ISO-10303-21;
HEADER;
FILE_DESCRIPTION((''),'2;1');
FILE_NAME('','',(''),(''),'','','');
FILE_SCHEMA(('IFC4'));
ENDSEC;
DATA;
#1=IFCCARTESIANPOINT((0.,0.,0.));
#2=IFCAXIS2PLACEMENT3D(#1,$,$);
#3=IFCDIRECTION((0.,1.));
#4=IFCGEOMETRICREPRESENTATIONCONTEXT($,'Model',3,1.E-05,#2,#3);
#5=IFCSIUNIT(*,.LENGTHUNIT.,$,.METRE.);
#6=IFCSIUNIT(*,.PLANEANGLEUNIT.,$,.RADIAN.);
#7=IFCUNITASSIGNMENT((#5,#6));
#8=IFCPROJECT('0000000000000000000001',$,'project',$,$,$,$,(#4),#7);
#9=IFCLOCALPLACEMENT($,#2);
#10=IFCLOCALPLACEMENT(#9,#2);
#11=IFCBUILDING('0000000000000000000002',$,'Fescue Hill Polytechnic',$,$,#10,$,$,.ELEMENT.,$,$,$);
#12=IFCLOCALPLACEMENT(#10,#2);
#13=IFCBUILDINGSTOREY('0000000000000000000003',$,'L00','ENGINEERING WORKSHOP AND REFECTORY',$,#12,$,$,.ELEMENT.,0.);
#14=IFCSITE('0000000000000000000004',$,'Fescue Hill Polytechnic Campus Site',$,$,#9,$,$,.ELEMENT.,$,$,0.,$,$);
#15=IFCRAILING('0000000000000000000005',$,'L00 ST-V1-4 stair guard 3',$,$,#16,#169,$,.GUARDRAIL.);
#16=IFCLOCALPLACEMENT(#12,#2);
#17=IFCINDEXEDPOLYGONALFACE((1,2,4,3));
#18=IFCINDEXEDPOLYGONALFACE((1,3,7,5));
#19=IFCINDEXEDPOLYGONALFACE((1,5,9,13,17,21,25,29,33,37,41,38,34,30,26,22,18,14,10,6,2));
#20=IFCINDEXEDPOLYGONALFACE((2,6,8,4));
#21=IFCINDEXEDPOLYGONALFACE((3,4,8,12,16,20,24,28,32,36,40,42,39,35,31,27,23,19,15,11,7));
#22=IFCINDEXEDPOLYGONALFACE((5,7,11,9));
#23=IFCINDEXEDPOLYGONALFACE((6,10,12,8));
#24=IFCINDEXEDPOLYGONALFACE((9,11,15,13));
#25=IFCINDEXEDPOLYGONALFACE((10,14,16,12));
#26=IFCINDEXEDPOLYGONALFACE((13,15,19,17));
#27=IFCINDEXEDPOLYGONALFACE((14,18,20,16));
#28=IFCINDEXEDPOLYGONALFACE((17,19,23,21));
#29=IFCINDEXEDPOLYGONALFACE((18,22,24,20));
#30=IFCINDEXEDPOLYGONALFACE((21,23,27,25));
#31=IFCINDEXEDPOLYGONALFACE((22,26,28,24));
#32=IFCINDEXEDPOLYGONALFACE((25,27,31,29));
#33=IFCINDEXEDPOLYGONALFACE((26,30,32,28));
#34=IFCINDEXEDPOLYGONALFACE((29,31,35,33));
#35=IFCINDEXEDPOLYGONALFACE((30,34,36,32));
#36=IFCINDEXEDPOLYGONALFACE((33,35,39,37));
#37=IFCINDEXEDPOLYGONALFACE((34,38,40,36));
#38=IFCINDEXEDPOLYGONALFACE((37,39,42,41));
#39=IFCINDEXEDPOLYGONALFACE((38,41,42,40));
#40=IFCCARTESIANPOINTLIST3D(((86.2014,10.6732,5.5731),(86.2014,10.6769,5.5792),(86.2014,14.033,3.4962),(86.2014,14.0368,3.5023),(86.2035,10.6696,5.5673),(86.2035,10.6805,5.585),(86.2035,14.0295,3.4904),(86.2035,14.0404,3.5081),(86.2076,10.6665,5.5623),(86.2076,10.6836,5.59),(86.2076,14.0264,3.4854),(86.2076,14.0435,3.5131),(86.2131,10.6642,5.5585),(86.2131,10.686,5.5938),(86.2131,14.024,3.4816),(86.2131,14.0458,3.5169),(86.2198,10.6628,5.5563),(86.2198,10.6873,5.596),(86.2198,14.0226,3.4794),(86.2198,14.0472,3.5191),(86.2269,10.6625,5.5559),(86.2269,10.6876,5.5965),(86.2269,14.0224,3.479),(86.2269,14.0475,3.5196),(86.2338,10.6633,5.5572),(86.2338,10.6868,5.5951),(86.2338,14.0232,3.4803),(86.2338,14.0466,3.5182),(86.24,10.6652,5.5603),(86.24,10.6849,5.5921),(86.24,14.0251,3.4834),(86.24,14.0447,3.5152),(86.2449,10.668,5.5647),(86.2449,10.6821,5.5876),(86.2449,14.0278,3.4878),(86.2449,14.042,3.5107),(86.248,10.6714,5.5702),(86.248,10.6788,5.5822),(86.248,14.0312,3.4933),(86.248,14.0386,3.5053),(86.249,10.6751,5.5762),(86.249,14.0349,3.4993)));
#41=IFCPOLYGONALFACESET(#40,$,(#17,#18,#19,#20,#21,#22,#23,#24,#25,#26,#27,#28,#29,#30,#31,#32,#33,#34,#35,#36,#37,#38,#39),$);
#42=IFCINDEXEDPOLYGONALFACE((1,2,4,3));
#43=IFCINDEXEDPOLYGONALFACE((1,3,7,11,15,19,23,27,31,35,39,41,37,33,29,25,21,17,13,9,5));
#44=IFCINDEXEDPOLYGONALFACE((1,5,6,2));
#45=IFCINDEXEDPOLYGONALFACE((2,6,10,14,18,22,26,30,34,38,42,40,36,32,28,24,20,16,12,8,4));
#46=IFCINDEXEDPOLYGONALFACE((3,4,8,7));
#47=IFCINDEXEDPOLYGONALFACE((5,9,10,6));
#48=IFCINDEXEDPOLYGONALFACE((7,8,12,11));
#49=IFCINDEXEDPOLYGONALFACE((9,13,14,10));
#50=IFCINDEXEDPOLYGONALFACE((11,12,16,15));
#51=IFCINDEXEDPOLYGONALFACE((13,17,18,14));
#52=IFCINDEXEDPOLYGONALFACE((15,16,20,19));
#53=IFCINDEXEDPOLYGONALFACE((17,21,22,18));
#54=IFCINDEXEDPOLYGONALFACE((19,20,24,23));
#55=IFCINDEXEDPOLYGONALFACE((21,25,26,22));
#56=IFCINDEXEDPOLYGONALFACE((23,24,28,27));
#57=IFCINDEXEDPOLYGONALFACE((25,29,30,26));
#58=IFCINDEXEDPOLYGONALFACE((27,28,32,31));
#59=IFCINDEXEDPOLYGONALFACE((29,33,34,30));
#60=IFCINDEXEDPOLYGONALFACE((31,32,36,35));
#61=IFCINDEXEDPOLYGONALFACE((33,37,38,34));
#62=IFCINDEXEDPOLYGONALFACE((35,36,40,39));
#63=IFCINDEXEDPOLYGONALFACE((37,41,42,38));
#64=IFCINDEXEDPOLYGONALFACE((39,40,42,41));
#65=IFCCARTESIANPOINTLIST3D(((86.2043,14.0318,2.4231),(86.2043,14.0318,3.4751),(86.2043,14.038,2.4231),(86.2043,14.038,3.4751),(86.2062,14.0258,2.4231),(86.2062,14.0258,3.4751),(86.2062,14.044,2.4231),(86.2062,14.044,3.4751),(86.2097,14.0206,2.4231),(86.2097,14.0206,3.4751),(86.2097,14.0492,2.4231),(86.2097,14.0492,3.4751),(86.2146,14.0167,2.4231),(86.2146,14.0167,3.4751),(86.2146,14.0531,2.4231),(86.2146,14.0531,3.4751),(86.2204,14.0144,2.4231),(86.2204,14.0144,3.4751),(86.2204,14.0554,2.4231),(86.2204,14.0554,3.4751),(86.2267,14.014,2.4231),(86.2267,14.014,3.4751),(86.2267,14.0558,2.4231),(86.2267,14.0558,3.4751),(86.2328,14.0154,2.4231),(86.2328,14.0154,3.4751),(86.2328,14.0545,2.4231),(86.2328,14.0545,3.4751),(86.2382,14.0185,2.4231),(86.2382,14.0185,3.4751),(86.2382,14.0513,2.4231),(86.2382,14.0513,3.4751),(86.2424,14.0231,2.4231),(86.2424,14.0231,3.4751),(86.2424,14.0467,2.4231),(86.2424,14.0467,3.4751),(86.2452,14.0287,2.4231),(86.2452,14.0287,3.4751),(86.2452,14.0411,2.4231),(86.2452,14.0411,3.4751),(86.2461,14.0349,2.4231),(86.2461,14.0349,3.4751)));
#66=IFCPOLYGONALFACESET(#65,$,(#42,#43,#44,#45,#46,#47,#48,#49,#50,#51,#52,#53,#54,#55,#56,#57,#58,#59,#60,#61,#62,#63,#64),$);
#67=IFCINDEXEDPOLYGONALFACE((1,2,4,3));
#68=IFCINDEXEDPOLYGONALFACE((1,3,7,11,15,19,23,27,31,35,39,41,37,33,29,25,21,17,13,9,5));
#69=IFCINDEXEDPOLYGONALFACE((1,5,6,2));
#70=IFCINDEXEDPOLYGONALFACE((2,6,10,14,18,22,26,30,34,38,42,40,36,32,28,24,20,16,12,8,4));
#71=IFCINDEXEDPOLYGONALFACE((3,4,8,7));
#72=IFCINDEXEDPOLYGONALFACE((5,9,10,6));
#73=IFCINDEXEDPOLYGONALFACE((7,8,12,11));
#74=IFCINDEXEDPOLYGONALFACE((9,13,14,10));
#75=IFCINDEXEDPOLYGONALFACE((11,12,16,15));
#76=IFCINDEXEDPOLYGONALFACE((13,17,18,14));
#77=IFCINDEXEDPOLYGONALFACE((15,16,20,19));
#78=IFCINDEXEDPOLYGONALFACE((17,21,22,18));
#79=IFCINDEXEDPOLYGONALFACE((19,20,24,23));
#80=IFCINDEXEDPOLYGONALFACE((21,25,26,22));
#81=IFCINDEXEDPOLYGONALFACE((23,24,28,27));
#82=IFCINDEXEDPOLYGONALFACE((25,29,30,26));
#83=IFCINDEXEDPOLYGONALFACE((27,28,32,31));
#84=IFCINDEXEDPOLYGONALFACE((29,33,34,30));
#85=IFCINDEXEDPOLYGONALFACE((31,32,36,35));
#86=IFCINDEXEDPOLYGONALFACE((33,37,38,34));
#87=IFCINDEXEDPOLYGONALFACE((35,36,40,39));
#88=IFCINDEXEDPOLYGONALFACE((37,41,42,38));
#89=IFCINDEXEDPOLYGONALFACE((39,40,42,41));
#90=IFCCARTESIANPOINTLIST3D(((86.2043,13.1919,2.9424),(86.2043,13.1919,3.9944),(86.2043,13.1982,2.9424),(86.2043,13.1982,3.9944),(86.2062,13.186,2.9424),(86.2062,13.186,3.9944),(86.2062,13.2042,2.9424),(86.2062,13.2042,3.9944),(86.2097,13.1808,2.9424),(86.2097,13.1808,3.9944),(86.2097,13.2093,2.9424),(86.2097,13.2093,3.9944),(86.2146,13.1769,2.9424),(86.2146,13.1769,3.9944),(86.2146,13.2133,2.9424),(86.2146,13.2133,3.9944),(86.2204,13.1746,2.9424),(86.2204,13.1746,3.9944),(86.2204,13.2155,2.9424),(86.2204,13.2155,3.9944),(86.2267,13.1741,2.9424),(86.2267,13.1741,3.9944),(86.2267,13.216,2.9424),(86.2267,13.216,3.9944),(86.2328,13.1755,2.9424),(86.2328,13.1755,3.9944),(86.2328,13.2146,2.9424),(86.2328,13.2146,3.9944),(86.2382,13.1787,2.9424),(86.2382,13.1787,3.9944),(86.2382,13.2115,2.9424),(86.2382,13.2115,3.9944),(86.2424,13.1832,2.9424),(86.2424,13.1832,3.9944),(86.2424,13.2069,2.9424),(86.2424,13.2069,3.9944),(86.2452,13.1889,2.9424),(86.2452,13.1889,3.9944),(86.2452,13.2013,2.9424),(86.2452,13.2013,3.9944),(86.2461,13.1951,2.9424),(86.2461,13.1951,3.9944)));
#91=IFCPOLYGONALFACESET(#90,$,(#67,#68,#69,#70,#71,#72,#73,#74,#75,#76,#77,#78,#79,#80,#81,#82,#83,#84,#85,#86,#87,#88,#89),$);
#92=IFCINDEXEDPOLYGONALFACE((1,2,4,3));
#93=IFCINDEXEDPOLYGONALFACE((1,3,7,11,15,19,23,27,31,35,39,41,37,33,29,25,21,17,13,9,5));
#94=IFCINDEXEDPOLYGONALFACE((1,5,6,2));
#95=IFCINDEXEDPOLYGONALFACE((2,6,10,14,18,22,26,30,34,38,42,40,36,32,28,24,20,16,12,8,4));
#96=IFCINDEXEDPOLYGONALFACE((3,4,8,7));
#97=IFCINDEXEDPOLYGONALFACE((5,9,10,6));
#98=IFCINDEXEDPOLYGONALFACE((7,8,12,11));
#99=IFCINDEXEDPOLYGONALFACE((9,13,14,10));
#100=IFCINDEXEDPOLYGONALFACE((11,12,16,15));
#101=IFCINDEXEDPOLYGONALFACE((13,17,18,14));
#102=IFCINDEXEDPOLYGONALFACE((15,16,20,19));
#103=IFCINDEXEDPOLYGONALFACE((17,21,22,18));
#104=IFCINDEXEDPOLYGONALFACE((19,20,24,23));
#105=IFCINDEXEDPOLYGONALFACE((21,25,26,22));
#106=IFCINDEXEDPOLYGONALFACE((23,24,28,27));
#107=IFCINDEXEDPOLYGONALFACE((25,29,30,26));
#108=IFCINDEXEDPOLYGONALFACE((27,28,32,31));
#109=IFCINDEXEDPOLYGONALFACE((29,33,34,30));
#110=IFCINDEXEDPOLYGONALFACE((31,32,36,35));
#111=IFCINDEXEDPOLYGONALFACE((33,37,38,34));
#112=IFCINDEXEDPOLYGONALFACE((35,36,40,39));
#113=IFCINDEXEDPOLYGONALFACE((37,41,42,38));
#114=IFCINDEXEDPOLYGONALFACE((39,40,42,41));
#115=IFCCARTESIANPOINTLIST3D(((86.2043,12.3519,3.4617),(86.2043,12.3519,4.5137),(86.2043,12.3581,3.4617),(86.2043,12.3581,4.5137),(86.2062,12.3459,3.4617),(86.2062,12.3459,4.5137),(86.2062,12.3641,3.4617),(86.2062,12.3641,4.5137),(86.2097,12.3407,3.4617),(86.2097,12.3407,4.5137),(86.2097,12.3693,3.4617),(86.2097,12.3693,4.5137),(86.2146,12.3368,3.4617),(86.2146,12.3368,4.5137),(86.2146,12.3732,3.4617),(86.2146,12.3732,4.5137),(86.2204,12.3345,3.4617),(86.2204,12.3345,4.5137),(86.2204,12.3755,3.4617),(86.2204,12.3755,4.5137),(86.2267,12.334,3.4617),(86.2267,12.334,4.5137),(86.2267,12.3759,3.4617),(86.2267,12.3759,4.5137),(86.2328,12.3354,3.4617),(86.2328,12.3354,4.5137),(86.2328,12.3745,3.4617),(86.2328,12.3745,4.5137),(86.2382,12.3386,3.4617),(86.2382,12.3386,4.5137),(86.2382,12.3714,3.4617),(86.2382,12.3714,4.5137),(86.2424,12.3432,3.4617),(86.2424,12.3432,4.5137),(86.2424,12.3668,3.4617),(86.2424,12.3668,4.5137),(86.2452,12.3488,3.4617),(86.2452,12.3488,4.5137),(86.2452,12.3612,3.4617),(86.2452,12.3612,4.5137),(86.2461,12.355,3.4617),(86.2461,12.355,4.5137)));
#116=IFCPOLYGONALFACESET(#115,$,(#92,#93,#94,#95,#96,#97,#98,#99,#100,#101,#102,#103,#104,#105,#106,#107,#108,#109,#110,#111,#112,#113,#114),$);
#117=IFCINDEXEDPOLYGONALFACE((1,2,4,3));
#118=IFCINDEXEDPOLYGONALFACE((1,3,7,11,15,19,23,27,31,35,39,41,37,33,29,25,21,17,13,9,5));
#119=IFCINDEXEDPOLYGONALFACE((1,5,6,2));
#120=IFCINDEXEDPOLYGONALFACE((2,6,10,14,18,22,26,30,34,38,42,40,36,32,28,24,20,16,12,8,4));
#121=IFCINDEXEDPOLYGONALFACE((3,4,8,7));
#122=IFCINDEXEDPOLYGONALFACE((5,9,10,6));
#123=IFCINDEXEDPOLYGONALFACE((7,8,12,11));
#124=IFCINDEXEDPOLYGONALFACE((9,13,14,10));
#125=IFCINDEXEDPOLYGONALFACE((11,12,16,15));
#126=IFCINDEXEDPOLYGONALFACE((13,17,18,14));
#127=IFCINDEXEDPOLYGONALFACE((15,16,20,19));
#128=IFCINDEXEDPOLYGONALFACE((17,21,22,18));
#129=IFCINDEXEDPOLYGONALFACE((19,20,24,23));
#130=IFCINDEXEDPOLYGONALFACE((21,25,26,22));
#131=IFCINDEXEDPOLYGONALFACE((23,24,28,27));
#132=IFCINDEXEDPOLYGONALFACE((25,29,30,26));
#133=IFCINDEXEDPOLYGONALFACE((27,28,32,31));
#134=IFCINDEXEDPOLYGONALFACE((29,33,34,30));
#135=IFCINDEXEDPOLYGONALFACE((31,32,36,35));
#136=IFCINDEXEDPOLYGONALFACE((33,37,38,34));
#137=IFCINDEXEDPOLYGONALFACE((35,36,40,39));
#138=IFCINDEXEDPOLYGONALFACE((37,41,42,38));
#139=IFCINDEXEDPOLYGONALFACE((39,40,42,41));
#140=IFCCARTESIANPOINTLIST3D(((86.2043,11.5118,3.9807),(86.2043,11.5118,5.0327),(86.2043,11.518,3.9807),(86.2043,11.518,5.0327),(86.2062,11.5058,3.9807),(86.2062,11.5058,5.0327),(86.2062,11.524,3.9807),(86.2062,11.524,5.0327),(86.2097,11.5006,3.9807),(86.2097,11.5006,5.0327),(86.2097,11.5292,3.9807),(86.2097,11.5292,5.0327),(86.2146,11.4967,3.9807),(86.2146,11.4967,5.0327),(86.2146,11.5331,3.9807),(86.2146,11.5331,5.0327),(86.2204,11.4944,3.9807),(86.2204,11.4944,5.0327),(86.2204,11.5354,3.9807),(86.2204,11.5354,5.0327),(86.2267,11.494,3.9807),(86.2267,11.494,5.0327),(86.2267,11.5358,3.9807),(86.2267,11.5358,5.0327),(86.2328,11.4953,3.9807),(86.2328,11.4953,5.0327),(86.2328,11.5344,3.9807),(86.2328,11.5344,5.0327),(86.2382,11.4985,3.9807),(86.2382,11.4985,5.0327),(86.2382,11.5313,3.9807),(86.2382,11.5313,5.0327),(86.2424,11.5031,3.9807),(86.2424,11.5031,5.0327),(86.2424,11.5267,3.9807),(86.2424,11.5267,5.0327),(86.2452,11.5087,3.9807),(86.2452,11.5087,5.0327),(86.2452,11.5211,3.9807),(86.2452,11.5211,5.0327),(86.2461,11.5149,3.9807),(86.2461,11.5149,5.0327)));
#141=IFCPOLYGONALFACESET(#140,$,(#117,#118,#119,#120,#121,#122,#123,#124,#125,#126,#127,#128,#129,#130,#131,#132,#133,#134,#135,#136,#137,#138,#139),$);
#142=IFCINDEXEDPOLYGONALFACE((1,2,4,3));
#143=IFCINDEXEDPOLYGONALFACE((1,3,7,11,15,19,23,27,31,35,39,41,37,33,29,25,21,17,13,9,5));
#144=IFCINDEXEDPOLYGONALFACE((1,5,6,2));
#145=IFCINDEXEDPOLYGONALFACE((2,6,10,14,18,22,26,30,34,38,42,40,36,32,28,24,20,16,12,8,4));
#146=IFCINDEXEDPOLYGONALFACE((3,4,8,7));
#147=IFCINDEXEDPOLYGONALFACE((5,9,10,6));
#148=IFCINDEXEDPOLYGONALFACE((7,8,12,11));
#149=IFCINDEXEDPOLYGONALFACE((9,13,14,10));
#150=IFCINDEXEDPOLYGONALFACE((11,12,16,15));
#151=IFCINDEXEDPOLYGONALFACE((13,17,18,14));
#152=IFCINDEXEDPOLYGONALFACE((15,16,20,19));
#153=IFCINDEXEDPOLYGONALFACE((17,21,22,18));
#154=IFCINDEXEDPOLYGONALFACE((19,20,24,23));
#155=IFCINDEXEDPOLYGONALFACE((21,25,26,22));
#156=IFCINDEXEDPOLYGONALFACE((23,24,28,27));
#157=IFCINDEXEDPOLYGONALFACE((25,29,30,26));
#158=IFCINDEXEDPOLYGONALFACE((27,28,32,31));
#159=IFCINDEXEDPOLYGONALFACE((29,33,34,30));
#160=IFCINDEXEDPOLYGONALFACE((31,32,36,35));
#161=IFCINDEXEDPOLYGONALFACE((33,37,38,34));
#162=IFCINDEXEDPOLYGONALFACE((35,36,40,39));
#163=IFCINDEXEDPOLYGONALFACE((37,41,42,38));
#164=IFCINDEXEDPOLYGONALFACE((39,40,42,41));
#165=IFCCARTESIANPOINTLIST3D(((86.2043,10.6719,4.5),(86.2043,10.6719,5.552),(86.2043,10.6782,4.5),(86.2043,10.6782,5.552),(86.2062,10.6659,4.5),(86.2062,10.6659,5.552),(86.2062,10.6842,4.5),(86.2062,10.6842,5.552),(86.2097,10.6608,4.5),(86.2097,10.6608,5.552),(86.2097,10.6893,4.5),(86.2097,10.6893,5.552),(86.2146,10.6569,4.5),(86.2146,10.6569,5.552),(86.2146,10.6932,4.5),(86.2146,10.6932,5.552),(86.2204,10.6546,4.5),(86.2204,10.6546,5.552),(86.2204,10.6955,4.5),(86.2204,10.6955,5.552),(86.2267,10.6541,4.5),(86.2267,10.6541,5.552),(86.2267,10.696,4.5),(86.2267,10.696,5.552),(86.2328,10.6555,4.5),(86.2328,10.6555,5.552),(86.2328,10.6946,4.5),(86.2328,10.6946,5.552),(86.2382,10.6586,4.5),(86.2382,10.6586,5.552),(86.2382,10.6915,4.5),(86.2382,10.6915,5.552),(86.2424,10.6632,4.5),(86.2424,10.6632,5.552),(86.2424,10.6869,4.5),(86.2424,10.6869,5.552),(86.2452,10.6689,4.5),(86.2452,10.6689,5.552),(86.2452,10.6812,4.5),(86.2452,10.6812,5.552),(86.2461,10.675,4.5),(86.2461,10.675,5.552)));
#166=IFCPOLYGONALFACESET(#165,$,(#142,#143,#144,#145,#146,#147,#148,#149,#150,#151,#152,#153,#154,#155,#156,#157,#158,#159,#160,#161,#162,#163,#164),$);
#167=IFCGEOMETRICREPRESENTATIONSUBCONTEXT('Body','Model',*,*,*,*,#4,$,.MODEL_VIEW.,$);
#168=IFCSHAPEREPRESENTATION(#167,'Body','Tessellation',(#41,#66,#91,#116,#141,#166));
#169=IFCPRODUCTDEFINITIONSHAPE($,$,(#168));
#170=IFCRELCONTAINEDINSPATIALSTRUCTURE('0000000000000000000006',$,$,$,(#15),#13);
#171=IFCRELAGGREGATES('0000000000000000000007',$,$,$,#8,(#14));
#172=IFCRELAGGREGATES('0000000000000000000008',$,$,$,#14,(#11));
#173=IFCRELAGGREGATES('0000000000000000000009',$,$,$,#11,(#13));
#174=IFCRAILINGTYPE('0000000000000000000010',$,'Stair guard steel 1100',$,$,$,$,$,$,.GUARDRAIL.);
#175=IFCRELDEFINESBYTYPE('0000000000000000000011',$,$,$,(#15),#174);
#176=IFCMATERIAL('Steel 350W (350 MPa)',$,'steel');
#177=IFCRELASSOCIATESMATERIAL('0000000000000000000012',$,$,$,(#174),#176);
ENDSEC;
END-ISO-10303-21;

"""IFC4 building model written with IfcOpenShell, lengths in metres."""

from ifc_helpers import new_model, si_unit, direction, frame, origin, origin_2d, place, context, subcontext, project, spatial, circle, extrude, material, type_object, element, save


model = new_model("IFC4")

# Units and contexts
model_context = context("Model", 3, precision=1e-05, world=origin(), true_north=direction((0.0, 1.0)))
body_context = subcontext(model_context, "Body", "Model", "MODEL_VIEW")
ifc_project = project(units=[si_unit("LENGTHUNIT", "METRE"), si_unit("PLANEANGLEUNIT", "RADIAN")], contexts=[model_context])

# Site, building, storey
site_placement = place(None, origin())
site = spatial("IfcSite", under=ifc_project, at=site_placement, Name="Fescue Hill Polytechnic Campus Site", CompositionType="ELEMENT", RefElevation=0.0)
building_placement = place(site_placement, origin())
building = spatial("IfcBuilding", under=site, at=building_placement, Name="Fescue Hill Polytechnic", CompositionType="ELEMENT")
storey_placement = place(building_placement, origin())
storey = spatial("IfcBuildingStorey", under=building, at=storey_placement, Name="L00", Description="ENGINEERING WORKSHOP AND REFECTORY", CompositionType="ELEMENT", Elevation=0.0)

# Railing
ifc_material_1 = material(Name="Steel 350W (350 MPa)", Category="steel")
railing_type_1 = type_object("IfcRailingType", Name="Stair guard steel 1100", PredefinedType="GUARDRAIL", material=ifc_material_1)
railing_1_placement = place(storey_placement, frame((86.2251, 14.0349, 2.4231)))
element("IfcRailing", 1, at=railing_1_placement, inside=storey, type_object=railing_type_1, Name="L00 ST-V1-4 stair guard 3", PredefinedType="GUARDRAIL", context=body_context, shape_type="SweptSolid", body=[
    extrude(circle(Radius=0.0239, at=origin_2d()), frame((0.0, 0.0, 1.0762), z_axis=(0.0, -0.850606, 0.525803), x_axis=(1.0, 0.0, 0.0)), (0.0, 0.0, 1.0), 3.95),
    extrude(circle(Radius=0.021, at=origin_2d()), origin(), (0.0, 0.0, 1.0), 1.052),
    extrude(circle(Radius=0.021, at=origin_2d()), frame((0.0, -0.8398, 0.5193)), (0.0, 0.0, 1.0), 1.052),
    extrude(circle(Radius=0.021, at=origin_2d()), frame((0.0, -1.6799, 1.0386)), (0.0, 0.0, 1.0), 1.052),
    extrude(circle(Radius=0.021, at=origin_2d()), frame((0.0, -2.52, 1.5576)), (0.0, 0.0, 1.0), 1.052),
    extrude(circle(Radius=0.021, at=origin_2d()), frame((0.0, -3.3599, 2.0769)), (0.0, 0.0, 1.0), 1.052),
])

save(model, "model.ifc")
